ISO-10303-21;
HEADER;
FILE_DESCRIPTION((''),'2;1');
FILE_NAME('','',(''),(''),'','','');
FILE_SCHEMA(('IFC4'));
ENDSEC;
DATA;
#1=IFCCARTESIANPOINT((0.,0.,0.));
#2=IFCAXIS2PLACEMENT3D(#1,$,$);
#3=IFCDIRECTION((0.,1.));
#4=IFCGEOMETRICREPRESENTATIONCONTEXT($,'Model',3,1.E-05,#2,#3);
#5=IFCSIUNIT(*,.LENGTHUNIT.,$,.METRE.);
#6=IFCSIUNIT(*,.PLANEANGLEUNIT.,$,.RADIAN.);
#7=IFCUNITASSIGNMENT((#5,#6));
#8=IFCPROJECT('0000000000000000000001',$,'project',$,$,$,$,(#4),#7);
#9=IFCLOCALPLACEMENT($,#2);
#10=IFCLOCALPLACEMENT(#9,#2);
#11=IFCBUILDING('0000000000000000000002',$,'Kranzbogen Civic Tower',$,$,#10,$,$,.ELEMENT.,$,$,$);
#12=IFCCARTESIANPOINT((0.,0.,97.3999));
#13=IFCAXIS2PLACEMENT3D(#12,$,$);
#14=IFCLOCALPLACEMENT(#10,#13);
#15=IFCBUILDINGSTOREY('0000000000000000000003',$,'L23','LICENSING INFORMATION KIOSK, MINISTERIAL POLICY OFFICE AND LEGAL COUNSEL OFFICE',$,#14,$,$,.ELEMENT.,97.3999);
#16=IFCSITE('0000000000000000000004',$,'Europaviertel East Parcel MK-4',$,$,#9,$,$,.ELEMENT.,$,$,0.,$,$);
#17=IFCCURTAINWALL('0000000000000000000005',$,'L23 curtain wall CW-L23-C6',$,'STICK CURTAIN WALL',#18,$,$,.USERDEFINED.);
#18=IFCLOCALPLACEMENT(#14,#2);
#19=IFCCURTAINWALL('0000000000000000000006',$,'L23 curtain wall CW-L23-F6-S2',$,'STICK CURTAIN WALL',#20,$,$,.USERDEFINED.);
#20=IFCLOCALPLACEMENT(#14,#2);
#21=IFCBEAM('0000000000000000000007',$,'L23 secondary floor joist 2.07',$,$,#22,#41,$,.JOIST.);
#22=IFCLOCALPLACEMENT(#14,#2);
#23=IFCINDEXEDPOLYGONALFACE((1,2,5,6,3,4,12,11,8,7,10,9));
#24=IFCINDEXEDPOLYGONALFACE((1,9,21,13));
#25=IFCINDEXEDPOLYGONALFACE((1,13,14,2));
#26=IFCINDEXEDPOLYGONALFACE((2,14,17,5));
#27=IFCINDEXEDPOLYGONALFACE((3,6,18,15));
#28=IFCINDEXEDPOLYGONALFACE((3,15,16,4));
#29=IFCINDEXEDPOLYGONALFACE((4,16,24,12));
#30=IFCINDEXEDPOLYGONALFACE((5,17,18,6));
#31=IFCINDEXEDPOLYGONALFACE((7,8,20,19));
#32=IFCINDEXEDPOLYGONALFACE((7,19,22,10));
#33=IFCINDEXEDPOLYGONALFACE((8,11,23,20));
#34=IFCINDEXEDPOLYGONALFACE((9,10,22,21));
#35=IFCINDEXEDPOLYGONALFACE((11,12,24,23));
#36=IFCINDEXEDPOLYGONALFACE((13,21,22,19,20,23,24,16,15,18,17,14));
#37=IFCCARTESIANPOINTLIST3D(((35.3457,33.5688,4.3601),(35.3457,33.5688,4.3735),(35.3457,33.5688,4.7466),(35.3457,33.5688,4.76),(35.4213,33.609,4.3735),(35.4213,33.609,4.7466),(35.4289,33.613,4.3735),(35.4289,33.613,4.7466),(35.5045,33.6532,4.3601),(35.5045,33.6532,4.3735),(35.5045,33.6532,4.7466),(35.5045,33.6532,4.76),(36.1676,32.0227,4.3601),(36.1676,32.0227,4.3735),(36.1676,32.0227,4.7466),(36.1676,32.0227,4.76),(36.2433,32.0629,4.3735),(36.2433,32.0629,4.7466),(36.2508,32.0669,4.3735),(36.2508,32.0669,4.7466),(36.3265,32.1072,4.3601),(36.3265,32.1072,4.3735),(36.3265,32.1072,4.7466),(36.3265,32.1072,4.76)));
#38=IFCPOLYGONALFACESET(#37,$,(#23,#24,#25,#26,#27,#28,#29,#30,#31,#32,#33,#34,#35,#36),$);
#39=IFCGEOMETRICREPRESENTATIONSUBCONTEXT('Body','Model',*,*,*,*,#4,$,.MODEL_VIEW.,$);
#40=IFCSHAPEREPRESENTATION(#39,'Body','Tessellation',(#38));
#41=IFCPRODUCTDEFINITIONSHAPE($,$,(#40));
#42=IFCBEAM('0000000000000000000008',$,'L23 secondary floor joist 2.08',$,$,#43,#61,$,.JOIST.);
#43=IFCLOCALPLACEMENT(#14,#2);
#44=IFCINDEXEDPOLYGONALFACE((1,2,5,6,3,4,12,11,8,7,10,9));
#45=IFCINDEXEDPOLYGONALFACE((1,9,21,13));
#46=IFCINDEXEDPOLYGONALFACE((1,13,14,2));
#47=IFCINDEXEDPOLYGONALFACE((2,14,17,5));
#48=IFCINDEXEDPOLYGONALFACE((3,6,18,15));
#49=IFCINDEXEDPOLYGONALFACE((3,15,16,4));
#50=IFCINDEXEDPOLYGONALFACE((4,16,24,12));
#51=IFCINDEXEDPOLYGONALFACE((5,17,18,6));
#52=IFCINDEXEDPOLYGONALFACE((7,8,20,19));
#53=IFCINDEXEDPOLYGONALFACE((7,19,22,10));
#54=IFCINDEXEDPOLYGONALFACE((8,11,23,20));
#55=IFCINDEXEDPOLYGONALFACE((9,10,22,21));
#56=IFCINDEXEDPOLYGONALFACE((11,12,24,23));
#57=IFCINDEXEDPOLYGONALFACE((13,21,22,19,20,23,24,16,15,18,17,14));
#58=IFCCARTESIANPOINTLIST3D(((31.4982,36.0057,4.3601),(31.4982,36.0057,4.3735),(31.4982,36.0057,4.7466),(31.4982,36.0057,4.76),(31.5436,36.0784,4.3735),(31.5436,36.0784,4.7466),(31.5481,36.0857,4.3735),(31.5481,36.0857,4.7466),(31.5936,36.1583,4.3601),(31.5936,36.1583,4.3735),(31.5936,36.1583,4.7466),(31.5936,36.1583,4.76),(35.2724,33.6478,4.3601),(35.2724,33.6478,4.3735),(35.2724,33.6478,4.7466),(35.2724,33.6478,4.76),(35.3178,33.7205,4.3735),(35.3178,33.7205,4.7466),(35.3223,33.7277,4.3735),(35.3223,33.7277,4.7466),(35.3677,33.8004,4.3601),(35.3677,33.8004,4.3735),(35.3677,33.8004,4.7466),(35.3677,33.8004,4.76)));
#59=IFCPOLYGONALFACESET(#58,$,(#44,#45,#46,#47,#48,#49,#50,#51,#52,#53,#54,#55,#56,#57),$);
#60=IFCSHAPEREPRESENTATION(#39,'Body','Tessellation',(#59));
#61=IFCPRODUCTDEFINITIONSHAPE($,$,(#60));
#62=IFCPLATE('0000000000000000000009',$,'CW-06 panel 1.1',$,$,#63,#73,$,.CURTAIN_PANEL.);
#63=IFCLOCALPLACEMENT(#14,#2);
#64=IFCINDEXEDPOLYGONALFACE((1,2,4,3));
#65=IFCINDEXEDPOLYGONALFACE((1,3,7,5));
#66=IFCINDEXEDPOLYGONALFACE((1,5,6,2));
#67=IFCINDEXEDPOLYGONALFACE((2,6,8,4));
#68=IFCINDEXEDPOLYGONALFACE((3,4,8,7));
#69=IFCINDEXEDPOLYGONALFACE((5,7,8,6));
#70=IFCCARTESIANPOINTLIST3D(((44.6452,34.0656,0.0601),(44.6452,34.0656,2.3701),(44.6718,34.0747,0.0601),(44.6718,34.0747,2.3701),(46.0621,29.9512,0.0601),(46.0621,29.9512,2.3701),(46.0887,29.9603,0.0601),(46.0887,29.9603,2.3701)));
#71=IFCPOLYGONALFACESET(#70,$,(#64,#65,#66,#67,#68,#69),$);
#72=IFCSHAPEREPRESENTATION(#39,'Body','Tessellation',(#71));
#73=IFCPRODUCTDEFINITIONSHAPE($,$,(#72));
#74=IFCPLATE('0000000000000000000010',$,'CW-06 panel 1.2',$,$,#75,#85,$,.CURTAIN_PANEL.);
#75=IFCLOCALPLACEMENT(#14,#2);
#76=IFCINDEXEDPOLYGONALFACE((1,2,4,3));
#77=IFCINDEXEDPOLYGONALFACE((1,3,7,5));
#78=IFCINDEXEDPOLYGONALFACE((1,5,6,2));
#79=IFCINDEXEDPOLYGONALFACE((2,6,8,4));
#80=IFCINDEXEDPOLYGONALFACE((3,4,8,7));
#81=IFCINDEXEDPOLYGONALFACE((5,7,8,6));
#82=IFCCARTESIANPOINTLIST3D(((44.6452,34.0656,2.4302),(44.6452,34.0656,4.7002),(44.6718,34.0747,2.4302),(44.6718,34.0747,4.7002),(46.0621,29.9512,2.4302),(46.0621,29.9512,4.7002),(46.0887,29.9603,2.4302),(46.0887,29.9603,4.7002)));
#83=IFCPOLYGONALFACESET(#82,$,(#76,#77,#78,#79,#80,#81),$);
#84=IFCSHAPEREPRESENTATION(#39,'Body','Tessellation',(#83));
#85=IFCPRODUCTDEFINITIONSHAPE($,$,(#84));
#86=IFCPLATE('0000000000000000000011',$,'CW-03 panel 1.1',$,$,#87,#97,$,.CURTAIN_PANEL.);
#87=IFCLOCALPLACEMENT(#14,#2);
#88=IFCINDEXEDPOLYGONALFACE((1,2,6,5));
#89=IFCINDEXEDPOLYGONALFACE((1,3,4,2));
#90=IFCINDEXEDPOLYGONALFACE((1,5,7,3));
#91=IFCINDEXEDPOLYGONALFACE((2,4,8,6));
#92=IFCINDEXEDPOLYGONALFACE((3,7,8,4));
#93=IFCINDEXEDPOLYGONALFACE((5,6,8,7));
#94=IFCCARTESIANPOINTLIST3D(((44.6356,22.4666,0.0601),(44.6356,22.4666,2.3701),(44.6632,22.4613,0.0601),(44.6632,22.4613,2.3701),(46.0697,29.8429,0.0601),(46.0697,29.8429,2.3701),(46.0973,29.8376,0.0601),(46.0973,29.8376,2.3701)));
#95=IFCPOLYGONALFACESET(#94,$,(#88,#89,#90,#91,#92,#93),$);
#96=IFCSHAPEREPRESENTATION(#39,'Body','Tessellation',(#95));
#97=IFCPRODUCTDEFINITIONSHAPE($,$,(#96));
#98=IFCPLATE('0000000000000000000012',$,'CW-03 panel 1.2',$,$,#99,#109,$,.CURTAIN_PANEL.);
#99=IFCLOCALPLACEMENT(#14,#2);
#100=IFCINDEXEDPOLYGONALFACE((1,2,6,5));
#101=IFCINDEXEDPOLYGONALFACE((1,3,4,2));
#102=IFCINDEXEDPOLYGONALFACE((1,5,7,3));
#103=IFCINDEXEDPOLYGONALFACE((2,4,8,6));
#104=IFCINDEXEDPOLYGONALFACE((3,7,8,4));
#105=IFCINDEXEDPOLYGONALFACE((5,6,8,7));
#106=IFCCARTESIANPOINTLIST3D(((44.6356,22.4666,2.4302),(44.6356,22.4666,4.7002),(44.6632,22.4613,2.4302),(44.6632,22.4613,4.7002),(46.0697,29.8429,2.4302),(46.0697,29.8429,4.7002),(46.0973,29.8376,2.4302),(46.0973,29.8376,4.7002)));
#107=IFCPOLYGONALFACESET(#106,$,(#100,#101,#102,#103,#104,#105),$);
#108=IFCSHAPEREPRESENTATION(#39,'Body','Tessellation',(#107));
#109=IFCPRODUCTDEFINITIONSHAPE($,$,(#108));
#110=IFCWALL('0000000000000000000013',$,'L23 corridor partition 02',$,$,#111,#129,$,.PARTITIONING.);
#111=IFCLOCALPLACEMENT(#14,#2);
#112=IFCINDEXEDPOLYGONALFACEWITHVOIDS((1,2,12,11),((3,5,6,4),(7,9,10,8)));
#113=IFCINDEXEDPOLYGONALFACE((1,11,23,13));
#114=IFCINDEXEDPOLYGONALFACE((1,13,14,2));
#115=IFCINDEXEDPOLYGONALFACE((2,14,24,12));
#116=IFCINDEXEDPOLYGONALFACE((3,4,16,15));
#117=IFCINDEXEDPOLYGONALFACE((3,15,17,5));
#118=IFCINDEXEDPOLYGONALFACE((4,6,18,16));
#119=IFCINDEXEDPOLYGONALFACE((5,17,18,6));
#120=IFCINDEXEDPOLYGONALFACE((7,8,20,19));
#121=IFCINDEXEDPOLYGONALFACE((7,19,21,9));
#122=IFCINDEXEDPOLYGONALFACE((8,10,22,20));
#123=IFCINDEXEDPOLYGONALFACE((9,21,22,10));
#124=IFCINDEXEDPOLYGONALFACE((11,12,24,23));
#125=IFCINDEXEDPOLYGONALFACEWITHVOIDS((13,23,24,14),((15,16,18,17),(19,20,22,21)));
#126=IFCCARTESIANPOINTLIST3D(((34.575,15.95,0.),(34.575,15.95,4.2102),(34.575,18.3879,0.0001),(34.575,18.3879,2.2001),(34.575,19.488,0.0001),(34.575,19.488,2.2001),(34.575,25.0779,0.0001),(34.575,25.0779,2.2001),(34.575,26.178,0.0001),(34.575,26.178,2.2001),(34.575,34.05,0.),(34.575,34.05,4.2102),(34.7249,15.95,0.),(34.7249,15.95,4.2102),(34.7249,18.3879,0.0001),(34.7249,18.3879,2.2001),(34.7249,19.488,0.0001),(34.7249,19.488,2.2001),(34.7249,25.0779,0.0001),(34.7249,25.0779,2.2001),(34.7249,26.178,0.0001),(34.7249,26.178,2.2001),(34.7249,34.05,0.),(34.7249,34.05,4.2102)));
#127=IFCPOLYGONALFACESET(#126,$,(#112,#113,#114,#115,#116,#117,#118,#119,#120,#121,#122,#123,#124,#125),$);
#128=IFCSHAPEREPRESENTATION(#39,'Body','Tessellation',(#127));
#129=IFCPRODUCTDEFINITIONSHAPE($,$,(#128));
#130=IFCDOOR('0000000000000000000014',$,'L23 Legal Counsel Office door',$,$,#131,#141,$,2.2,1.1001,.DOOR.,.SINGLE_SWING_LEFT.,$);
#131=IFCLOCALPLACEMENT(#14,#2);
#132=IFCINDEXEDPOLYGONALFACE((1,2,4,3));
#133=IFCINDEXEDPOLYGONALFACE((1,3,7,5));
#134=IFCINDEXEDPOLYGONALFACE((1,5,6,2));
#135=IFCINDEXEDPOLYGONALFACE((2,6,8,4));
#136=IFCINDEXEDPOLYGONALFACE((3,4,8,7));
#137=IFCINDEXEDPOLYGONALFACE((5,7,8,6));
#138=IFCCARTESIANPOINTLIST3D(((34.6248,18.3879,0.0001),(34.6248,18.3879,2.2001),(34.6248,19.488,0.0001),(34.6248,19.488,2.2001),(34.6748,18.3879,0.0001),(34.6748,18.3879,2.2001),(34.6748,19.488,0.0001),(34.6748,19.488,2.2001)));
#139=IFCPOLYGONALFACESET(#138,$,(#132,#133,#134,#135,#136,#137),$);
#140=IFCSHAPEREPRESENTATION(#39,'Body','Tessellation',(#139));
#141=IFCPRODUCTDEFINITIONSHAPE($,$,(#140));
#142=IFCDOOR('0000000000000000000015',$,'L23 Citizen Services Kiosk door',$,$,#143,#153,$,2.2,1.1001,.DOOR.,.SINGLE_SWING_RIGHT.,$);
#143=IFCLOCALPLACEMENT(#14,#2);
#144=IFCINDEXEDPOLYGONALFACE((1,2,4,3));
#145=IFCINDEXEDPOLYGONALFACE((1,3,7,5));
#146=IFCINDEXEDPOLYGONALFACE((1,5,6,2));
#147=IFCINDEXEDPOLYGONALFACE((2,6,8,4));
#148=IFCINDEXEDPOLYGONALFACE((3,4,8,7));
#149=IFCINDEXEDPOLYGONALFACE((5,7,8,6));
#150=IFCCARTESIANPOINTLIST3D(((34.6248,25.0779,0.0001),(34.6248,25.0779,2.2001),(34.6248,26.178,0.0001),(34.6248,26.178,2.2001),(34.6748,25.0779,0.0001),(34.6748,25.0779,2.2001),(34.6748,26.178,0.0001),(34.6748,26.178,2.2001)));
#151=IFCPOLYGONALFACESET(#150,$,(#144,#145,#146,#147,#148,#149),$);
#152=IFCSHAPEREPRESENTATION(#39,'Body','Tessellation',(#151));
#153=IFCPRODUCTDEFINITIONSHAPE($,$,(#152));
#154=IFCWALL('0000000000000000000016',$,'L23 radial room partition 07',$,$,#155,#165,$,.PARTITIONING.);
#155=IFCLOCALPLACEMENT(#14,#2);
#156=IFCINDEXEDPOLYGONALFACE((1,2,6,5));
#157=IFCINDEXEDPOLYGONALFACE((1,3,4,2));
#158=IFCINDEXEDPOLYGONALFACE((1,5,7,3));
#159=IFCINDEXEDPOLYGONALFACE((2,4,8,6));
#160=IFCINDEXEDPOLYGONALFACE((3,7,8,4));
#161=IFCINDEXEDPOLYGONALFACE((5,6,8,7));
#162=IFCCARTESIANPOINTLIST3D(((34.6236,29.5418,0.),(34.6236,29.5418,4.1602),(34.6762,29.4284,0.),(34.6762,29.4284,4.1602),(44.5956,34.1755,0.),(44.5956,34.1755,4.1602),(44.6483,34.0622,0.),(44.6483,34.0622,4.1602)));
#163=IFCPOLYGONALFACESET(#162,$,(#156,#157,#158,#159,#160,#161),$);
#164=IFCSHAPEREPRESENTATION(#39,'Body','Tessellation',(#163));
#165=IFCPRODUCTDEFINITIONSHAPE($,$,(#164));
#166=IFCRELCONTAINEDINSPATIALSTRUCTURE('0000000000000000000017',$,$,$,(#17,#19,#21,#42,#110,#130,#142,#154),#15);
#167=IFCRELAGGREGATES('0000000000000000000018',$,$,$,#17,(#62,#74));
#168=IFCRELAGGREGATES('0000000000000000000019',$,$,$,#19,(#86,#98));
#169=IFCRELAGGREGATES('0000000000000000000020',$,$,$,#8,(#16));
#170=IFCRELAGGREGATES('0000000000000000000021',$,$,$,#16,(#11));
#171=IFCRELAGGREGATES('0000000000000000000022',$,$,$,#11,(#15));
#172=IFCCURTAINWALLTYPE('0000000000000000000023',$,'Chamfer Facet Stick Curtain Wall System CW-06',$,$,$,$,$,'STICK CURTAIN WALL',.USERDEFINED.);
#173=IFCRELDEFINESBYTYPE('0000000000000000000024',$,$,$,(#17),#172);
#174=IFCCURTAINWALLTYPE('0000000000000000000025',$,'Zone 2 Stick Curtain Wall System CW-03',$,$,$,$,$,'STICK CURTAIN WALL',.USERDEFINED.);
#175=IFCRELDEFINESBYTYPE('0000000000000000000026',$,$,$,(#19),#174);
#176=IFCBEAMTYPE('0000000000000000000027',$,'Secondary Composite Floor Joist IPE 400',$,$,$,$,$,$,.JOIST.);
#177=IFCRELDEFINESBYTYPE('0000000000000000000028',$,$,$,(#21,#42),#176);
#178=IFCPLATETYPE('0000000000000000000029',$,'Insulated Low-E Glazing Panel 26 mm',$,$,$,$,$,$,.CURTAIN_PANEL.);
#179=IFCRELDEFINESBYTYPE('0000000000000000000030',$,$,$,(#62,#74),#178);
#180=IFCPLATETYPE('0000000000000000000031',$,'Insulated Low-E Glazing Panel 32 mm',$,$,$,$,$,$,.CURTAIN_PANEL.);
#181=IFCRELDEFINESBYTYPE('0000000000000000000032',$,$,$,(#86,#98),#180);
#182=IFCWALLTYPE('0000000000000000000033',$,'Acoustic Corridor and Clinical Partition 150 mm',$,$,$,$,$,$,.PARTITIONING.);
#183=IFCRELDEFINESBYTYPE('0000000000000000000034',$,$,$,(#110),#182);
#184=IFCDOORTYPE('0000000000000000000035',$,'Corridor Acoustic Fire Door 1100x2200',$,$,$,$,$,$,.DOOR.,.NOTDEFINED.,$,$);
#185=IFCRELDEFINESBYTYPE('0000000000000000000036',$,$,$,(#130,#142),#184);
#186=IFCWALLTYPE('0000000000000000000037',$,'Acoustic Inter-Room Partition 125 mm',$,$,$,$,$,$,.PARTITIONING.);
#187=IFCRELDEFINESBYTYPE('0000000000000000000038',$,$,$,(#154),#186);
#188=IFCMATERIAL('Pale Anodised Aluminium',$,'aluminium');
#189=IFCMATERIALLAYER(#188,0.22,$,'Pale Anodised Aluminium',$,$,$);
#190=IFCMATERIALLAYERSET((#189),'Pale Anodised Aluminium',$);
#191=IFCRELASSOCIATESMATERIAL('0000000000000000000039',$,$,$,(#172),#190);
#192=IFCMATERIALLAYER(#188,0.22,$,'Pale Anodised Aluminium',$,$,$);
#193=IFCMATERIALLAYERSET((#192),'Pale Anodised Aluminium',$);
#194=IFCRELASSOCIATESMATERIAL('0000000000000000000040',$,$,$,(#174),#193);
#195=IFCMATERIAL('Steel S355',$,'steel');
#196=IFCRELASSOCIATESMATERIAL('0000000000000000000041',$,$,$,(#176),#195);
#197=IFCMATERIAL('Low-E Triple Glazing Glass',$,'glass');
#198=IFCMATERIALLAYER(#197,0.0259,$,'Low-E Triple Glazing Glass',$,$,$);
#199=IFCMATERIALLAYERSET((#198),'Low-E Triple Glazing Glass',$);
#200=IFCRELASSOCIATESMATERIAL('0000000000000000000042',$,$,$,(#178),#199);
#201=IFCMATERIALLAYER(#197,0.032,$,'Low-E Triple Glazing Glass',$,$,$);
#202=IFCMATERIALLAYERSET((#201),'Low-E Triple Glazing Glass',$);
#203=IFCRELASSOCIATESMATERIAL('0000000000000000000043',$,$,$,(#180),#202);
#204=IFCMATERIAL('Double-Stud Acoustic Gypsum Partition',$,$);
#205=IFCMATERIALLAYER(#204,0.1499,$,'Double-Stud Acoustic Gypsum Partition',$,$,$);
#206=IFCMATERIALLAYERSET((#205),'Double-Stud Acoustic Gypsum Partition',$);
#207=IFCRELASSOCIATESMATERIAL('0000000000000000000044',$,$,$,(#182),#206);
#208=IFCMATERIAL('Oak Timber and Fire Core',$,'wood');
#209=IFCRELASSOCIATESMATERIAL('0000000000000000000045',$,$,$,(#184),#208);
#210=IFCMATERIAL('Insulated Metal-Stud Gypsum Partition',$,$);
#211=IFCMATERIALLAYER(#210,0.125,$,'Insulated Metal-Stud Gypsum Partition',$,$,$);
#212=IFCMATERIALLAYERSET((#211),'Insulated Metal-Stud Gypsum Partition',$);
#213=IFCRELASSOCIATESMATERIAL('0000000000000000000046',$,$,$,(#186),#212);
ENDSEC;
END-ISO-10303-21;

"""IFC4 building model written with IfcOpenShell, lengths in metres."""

from ifc_helpers import new_model, si_unit, direction, frame, frame_2d, origin, origin_2d, place, context, subcontext, project, spatial, rectangle, i_section, extrude, material, layer, layer_set, material_profile, profile_set, type_object, element, fill, aggregate, save


model = new_model("IFC4")

# Units and contexts
model_context = context("Model", 3, precision=1e-05, world=origin(), true_north=direction((0.0, 1.0)))
body_context = subcontext(model_context, "Body", "Model", "MODEL_VIEW")
ifc_project = project(units=[si_unit("LENGTHUNIT", "METRE"), si_unit("PLANEANGLEUNIT", "RADIAN")], contexts=[model_context])

# Site, building, storey
site_placement = place(None, origin())
site = spatial("IfcSite", under=ifc_project, at=site_placement, Name="Europaviertel East Parcel MK-4", CompositionType="ELEMENT", RefElevation=0.0)
building_placement = place(site_placement, origin())
building = spatial("IfcBuilding", under=site, at=building_placement, Name="Kranzbogen Civic Tower", CompositionType="ELEMENT")
storey_placement = place(building_placement, frame((0.0, 0.0, 97.3999)))
storey = spatial("IfcBuildingStorey", under=building, at=storey_placement, Name="L23", Description="LICENSING INFORMATION KIOSK, MINISTERIAL POLICY OFFICE AND LEGAL COUNSEL OFFICE", CompositionType="ELEMENT", Elevation=97.3999)

# Curtain wall
ifc_material_1 = material(Name="Pale Anodised Aluminium", Category="aluminium")
ifc_layer_1 = layer(ifc_material_1, 0.22, Name="Pale Anodised Aluminium")
ifc_layer_set_1 = layer_set([ifc_layer_1], Name="Pale Anodised Aluminium")
curtain_wall_type_1 = type_object("IfcCurtainWallType", Name="Chamfer Facet Stick Curtain Wall System CW-06", ElementType="STICK CURTAIN WALL", PredefinedType="USERDEFINED", material=ifc_layer_set_1)
curtain_wall_1_placement = place(storey_placement, origin())
curtain_wall_1 = element("IfcCurtainWall", 1, at=curtain_wall_1_placement, inside=storey, type_object=curtain_wall_type_1, Name="L23 curtain wall CW-L23-C6", ObjectType="STICK CURTAIN WALL", PredefinedType="USERDEFINED")

# Curtain wall
ifc_layer_2 = layer(ifc_material_1, 0.22, Name="Pale Anodised Aluminium")
ifc_layer_set_2 = layer_set([ifc_layer_2], Name="Pale Anodised Aluminium")
curtain_wall_type_2 = type_object("IfcCurtainWallType", Name="Zone 2 Stick Curtain Wall System CW-03", ElementType="STICK CURTAIN WALL", PredefinedType="USERDEFINED", material=ifc_layer_set_2)
curtain_wall_2_placement = place(storey_placement, origin())
curtain_wall_2 = element("IfcCurtainWall", 2, at=curtain_wall_2_placement, inside=storey, type_object=curtain_wall_type_2, Name="L23 curtain wall CW-L23-F6-S2", ObjectType="STICK CURTAIN WALL", PredefinedType="USERDEFINED")

# Beams
ifc_material_2 = material(Name="Steel S355", Category="steel")
ifc_material_profile_1 = material_profile(ifc_material_2, i_section(OverallWidth=0.1799, OverallDepth=0.3999, WebThickness=0.0085, FlangeThickness=0.0134, at=origin_2d()), Name="IPE 400")
ifc_profile_set_1 = profile_set([ifc_material_profile_1], Name="Steel S355")
beam_type_1 = type_object("IfcBeamType", Name="Secondary Composite Floor Joist IPE 400", PredefinedType="JOIST", material=ifc_profile_set_1)
beam_1_placement = place(storey_placement, frame((36.2471, 32.0649, 4.5601), z_axis=(-0.469437, 0.882966, 0.0), x_axis=(-0.882966, -0.469437, 0.0)))
element("IfcBeam", 3, at=beam_1_placement, inside=storey, type_object=beam_type_1, Name="L23 secondary floor joist 2.07", PredefinedType="JOIST", context=body_context, shape_type="SweptSolid", body=[
    extrude(i_section(OverallWidth=0.1799, OverallDepth=0.3999, WebThickness=0.0085, FlangeThickness=0.0134, at=origin_2d()), origin(), (0.0, 0.0, 1.0), 1.751),
])
beam_2_placement = place(storey_placement, frame((35.3201, 33.7241, 4.5601), z_axis=(-0.848094, 0.529846, 0.0), x_axis=(-0.529846, -0.848094, 0.0)))
element("IfcBeam", 4, at=beam_2_placement, inside=storey, type_object=beam_type_1, Name="L23 secondary floor joist 2.08", PredefinedType="JOIST", context=body_context, shape_type="SweptSolid", body=[
    extrude(i_section(OverallWidth=0.1799, OverallDepth=0.3999, WebThickness=0.0085, FlangeThickness=0.0134, at=origin_2d()), origin(), (0.0, 0.0, 1.0), 4.4502),
])

# Plates
ifc_material_3 = material(Name="Low-E Triple Glazing Glass", Category="glass")
ifc_layer_3 = layer(ifc_material_3, 0.0259, Name="Low-E Triple Glazing Glass")
ifc_layer_set_3 = layer_set([ifc_layer_3], Name="Low-E Triple Glazing Glass")
plate_type_1 = type_object("IfcPlateType", Name="Insulated Low-E Glazing Panel 26 mm", PredefinedType="CURTAIN_PANEL", material=ifc_layer_set_3)
plate_1_placement = place(storey_placement, frame((45.3669, 32.0129, 0.0601), z_axis=(0.0, 0.0, 1.0), x_axis=(-0.325605, 0.945506, 0.0)))
plate_1 = element("IfcPlate", 5, at=plate_1_placement, type_object=plate_type_1, Name="CW-06 panel 1.1", PredefinedType="CURTAIN_PANEL", context=body_context, shape_type="SweptSolid", body=[
    extrude(rectangle(XDim=4.3516, YDim=0.0281, at=origin_2d()), origin(), (0.0, 0.0, 1.0), 2.3101),
])
plate_2_placement = place(storey_placement, frame((45.3669, 32.0129, 2.4302), z_axis=(0.0, 0.0, 1.0), x_axis=(-0.325605, 0.945506, 0.0)))
plate_2 = element("IfcPlate", 6, at=plate_2_placement, type_object=plate_type_1, Name="CW-06 panel 1.2", PredefinedType="CURTAIN_PANEL", context=body_context, shape_type="SweptSolid", body=[
    extrude(rectangle(XDim=4.3516, YDim=0.0281, at=origin_2d()), origin(), (0.0, 0.0, 1.0), 2.27),
])
aggregate(curtain_wall_1, [plate_1, plate_2])
ifc_layer_4 = layer(ifc_material_3, 0.032, Name="Low-E Triple Glazing Glass")
ifc_layer_set_4 = layer_set([ifc_layer_4], Name="Low-E Triple Glazing Glass")
plate_type_2 = type_object("IfcPlateType", Name="Insulated Low-E Glazing Panel 32 mm", PredefinedType="CURTAIN_PANEL", material=ifc_layer_set_4)
plate_3_placement = place(storey_placement, frame((45.3665, 26.1521, 0.0601), z_axis=(0.0, 0.0, 1.0), x_axis=(0.190849, 0.981619, 0.0)))
plate_3 = element("IfcPlate", 7, at=plate_3_placement, type_object=plate_type_2, Name="CW-03 panel 1.1", PredefinedType="CURTAIN_PANEL", context=body_context, shape_type="SweptSolid", body=[
    extrude(rectangle(XDim=7.5144, YDim=0.0281, at=origin_2d()), origin(), (0.0, 0.0, 1.0), 2.3101),
])
plate_4_placement = place(storey_placement, frame((45.3665, 26.1521, 2.4302), z_axis=(0.0, 0.0, 1.0), x_axis=(0.190849, 0.981619, 0.0)))
plate_4 = element("IfcPlate", 8, at=plate_4_placement, type_object=plate_type_2, Name="CW-03 panel 1.2", PredefinedType="CURTAIN_PANEL", context=body_context, shape_type="SweptSolid", body=[
    extrude(rectangle(XDim=7.5144, YDim=0.0281, at=origin_2d()), origin(), (0.0, 0.0, 1.0), 2.27),
])
aggregate(curtain_wall_2, [plate_3, plate_4])

# Wall, openings, doors
ifc_material_4 = material(Name="Double-Stud Acoustic Gypsum Partition")
ifc_layer_5 = layer(ifc_material_4, 0.1499, Name="Double-Stud Acoustic Gypsum Partition")
ifc_layer_set_5 = layer_set([ifc_layer_5], Name="Double-Stud Acoustic Gypsum Partition")
wall_type_1 = type_object("IfcWallType", Name="Acoustic Corridor and Clinical Partition 150 mm", PredefinedType="PARTITIONING", material=ifc_layer_set_5)
wall_1_placement = place(storey_placement, frame((34.6499, 34.05, 0.0), z_axis=(0.0, 0.0, 1.0), x_axis=(0.0, -1.0, 0.0)))
wall_1 = element("IfcWall", 9, at=wall_1_placement, inside=storey, type_object=wall_type_1, Name="L23 corridor partition 02", PredefinedType="PARTITIONING", context=body_context, shape_type="SweptSolid", body=[
    extrude(rectangle(XDim=18.1001, YDim=0.1499, at=frame_2d((9.05, 0.0))), origin(), (0.0, 0.0, 1.0), 4.2102),
])
opening_1_placement = place(wall_1_placement, frame((14.562, 0.0, 0.0)))
opening_1 = element("IfcOpeningElement", 10, at=opening_1_placement, cuts=wall_1, PredefinedType="OPENING", context=body_context, shape_type="SweptSolid", body=[
    extrude(rectangle(XDim=1.1001, YDim=2.2, at=frame_2d((0.55, 1.1001))), frame((0.0, 0.085, 0.0), z_axis=(0.0, -1.0, 0.0), x_axis=(1.0, 0.0, 0.0)), (0.0, 0.0, 1.0), 0.1699),
])
opening_2_placement = place(wall_1_placement, frame((7.8721, 0.0, 0.0)))
opening_2 = element("IfcOpeningElement", 11, at=opening_2_placement, cuts=wall_1, PredefinedType="OPENING", context=body_context, shape_type="SweptSolid", body=[
    extrude(rectangle(XDim=1.1001, YDim=2.2, at=frame_2d((0.55, 1.1001))), frame((0.0, 0.085, 0.0), z_axis=(0.0, -1.0, 0.0), x_axis=(1.0, 0.0, 0.0)), (0.0, 0.0, 1.0), 0.1699),
])
ifc_material_5 = material(Name="Oak Timber and Fire Core", Category="wood")
door_type_1 = type_object("IfcDoorType", Name="Corridor Acoustic Fire Door 1100x2200", OperationType="NOTDEFINED", PredefinedType="DOOR", material=ifc_material_5)
door_1_placement = place(opening_1_placement, origin())
door_1 = element("IfcDoor", 12, at=door_1_placement, inside=storey, type_object=door_type_1, Name="L23 Legal Counsel Office door", OperationType="SINGLE_SWING_LEFT", OverallHeight=2.2, OverallWidth=1.1001, PredefinedType="DOOR", context=body_context, shape_type="SweptSolid", body=[
    extrude(rectangle(XDim=1.1001, YDim=2.2, at=frame_2d((0.55, 1.1001))), frame((0.0, 0.0249, 0.0), z_axis=(0.0, -1.0, 0.0), x_axis=(1.0, 0.0, 0.0)), (0.0, 0.0, 1.0), 0.05),
])
fill(opening_1, door_1)
door_2_placement = place(opening_2_placement, origin())
door_2 = element("IfcDoor", 13, at=door_2_placement, inside=storey, type_object=door_type_1, Name="L23 Citizen Services Kiosk door", OperationType="SINGLE_SWING_RIGHT", OverallHeight=2.2, OverallWidth=1.1001, PredefinedType="DOOR", context=body_context, shape_type="SweptSolid", body=[
    extrude(rectangle(XDim=1.1001, YDim=2.2, at=frame_2d((0.55, 1.1001))), frame((0.0, 0.0249, 0.0), z_axis=(0.0, -1.0, 0.0), x_axis=(1.0, 0.0, 0.0)), (0.0, 0.0, 1.0), 0.05),
])
fill(opening_2, door_2)

# Wall
ifc_material_6 = material(Name="Insulated Metal-Stud Gypsum Partition")
ifc_layer_6 = layer(ifc_material_6, 0.125, Name="Insulated Metal-Stud Gypsum Partition")
ifc_layer_set_6 = layer_set([ifc_layer_6], Name="Insulated Metal-Stud Gypsum Partition")
wall_type_2 = type_object("IfcWallType", Name="Acoustic Inter-Room Partition 125 mm", PredefinedType="PARTITIONING", material=ifc_layer_set_6)
wall_2_placement = place(storey_placement, frame((34.6499, 29.4851, 0.0), z_axis=(0.0, 0.0, 1.0), x_axis=(0.906875, 0.4214, 0.0)))
element("IfcWall", 14, at=wall_2_placement, inside=storey, type_object=wall_type_2, Name="L23 radial room partition 07", PredefinedType="PARTITIONING", context=body_context, shape_type="SweptSolid", body=[
    extrude(rectangle(XDim=10.9961, YDim=0.125, at=frame_2d((5.498, 0.0))), origin(), (0.0, 0.0, 1.0), 4.1602),
])

save(model, "model.ifc")
